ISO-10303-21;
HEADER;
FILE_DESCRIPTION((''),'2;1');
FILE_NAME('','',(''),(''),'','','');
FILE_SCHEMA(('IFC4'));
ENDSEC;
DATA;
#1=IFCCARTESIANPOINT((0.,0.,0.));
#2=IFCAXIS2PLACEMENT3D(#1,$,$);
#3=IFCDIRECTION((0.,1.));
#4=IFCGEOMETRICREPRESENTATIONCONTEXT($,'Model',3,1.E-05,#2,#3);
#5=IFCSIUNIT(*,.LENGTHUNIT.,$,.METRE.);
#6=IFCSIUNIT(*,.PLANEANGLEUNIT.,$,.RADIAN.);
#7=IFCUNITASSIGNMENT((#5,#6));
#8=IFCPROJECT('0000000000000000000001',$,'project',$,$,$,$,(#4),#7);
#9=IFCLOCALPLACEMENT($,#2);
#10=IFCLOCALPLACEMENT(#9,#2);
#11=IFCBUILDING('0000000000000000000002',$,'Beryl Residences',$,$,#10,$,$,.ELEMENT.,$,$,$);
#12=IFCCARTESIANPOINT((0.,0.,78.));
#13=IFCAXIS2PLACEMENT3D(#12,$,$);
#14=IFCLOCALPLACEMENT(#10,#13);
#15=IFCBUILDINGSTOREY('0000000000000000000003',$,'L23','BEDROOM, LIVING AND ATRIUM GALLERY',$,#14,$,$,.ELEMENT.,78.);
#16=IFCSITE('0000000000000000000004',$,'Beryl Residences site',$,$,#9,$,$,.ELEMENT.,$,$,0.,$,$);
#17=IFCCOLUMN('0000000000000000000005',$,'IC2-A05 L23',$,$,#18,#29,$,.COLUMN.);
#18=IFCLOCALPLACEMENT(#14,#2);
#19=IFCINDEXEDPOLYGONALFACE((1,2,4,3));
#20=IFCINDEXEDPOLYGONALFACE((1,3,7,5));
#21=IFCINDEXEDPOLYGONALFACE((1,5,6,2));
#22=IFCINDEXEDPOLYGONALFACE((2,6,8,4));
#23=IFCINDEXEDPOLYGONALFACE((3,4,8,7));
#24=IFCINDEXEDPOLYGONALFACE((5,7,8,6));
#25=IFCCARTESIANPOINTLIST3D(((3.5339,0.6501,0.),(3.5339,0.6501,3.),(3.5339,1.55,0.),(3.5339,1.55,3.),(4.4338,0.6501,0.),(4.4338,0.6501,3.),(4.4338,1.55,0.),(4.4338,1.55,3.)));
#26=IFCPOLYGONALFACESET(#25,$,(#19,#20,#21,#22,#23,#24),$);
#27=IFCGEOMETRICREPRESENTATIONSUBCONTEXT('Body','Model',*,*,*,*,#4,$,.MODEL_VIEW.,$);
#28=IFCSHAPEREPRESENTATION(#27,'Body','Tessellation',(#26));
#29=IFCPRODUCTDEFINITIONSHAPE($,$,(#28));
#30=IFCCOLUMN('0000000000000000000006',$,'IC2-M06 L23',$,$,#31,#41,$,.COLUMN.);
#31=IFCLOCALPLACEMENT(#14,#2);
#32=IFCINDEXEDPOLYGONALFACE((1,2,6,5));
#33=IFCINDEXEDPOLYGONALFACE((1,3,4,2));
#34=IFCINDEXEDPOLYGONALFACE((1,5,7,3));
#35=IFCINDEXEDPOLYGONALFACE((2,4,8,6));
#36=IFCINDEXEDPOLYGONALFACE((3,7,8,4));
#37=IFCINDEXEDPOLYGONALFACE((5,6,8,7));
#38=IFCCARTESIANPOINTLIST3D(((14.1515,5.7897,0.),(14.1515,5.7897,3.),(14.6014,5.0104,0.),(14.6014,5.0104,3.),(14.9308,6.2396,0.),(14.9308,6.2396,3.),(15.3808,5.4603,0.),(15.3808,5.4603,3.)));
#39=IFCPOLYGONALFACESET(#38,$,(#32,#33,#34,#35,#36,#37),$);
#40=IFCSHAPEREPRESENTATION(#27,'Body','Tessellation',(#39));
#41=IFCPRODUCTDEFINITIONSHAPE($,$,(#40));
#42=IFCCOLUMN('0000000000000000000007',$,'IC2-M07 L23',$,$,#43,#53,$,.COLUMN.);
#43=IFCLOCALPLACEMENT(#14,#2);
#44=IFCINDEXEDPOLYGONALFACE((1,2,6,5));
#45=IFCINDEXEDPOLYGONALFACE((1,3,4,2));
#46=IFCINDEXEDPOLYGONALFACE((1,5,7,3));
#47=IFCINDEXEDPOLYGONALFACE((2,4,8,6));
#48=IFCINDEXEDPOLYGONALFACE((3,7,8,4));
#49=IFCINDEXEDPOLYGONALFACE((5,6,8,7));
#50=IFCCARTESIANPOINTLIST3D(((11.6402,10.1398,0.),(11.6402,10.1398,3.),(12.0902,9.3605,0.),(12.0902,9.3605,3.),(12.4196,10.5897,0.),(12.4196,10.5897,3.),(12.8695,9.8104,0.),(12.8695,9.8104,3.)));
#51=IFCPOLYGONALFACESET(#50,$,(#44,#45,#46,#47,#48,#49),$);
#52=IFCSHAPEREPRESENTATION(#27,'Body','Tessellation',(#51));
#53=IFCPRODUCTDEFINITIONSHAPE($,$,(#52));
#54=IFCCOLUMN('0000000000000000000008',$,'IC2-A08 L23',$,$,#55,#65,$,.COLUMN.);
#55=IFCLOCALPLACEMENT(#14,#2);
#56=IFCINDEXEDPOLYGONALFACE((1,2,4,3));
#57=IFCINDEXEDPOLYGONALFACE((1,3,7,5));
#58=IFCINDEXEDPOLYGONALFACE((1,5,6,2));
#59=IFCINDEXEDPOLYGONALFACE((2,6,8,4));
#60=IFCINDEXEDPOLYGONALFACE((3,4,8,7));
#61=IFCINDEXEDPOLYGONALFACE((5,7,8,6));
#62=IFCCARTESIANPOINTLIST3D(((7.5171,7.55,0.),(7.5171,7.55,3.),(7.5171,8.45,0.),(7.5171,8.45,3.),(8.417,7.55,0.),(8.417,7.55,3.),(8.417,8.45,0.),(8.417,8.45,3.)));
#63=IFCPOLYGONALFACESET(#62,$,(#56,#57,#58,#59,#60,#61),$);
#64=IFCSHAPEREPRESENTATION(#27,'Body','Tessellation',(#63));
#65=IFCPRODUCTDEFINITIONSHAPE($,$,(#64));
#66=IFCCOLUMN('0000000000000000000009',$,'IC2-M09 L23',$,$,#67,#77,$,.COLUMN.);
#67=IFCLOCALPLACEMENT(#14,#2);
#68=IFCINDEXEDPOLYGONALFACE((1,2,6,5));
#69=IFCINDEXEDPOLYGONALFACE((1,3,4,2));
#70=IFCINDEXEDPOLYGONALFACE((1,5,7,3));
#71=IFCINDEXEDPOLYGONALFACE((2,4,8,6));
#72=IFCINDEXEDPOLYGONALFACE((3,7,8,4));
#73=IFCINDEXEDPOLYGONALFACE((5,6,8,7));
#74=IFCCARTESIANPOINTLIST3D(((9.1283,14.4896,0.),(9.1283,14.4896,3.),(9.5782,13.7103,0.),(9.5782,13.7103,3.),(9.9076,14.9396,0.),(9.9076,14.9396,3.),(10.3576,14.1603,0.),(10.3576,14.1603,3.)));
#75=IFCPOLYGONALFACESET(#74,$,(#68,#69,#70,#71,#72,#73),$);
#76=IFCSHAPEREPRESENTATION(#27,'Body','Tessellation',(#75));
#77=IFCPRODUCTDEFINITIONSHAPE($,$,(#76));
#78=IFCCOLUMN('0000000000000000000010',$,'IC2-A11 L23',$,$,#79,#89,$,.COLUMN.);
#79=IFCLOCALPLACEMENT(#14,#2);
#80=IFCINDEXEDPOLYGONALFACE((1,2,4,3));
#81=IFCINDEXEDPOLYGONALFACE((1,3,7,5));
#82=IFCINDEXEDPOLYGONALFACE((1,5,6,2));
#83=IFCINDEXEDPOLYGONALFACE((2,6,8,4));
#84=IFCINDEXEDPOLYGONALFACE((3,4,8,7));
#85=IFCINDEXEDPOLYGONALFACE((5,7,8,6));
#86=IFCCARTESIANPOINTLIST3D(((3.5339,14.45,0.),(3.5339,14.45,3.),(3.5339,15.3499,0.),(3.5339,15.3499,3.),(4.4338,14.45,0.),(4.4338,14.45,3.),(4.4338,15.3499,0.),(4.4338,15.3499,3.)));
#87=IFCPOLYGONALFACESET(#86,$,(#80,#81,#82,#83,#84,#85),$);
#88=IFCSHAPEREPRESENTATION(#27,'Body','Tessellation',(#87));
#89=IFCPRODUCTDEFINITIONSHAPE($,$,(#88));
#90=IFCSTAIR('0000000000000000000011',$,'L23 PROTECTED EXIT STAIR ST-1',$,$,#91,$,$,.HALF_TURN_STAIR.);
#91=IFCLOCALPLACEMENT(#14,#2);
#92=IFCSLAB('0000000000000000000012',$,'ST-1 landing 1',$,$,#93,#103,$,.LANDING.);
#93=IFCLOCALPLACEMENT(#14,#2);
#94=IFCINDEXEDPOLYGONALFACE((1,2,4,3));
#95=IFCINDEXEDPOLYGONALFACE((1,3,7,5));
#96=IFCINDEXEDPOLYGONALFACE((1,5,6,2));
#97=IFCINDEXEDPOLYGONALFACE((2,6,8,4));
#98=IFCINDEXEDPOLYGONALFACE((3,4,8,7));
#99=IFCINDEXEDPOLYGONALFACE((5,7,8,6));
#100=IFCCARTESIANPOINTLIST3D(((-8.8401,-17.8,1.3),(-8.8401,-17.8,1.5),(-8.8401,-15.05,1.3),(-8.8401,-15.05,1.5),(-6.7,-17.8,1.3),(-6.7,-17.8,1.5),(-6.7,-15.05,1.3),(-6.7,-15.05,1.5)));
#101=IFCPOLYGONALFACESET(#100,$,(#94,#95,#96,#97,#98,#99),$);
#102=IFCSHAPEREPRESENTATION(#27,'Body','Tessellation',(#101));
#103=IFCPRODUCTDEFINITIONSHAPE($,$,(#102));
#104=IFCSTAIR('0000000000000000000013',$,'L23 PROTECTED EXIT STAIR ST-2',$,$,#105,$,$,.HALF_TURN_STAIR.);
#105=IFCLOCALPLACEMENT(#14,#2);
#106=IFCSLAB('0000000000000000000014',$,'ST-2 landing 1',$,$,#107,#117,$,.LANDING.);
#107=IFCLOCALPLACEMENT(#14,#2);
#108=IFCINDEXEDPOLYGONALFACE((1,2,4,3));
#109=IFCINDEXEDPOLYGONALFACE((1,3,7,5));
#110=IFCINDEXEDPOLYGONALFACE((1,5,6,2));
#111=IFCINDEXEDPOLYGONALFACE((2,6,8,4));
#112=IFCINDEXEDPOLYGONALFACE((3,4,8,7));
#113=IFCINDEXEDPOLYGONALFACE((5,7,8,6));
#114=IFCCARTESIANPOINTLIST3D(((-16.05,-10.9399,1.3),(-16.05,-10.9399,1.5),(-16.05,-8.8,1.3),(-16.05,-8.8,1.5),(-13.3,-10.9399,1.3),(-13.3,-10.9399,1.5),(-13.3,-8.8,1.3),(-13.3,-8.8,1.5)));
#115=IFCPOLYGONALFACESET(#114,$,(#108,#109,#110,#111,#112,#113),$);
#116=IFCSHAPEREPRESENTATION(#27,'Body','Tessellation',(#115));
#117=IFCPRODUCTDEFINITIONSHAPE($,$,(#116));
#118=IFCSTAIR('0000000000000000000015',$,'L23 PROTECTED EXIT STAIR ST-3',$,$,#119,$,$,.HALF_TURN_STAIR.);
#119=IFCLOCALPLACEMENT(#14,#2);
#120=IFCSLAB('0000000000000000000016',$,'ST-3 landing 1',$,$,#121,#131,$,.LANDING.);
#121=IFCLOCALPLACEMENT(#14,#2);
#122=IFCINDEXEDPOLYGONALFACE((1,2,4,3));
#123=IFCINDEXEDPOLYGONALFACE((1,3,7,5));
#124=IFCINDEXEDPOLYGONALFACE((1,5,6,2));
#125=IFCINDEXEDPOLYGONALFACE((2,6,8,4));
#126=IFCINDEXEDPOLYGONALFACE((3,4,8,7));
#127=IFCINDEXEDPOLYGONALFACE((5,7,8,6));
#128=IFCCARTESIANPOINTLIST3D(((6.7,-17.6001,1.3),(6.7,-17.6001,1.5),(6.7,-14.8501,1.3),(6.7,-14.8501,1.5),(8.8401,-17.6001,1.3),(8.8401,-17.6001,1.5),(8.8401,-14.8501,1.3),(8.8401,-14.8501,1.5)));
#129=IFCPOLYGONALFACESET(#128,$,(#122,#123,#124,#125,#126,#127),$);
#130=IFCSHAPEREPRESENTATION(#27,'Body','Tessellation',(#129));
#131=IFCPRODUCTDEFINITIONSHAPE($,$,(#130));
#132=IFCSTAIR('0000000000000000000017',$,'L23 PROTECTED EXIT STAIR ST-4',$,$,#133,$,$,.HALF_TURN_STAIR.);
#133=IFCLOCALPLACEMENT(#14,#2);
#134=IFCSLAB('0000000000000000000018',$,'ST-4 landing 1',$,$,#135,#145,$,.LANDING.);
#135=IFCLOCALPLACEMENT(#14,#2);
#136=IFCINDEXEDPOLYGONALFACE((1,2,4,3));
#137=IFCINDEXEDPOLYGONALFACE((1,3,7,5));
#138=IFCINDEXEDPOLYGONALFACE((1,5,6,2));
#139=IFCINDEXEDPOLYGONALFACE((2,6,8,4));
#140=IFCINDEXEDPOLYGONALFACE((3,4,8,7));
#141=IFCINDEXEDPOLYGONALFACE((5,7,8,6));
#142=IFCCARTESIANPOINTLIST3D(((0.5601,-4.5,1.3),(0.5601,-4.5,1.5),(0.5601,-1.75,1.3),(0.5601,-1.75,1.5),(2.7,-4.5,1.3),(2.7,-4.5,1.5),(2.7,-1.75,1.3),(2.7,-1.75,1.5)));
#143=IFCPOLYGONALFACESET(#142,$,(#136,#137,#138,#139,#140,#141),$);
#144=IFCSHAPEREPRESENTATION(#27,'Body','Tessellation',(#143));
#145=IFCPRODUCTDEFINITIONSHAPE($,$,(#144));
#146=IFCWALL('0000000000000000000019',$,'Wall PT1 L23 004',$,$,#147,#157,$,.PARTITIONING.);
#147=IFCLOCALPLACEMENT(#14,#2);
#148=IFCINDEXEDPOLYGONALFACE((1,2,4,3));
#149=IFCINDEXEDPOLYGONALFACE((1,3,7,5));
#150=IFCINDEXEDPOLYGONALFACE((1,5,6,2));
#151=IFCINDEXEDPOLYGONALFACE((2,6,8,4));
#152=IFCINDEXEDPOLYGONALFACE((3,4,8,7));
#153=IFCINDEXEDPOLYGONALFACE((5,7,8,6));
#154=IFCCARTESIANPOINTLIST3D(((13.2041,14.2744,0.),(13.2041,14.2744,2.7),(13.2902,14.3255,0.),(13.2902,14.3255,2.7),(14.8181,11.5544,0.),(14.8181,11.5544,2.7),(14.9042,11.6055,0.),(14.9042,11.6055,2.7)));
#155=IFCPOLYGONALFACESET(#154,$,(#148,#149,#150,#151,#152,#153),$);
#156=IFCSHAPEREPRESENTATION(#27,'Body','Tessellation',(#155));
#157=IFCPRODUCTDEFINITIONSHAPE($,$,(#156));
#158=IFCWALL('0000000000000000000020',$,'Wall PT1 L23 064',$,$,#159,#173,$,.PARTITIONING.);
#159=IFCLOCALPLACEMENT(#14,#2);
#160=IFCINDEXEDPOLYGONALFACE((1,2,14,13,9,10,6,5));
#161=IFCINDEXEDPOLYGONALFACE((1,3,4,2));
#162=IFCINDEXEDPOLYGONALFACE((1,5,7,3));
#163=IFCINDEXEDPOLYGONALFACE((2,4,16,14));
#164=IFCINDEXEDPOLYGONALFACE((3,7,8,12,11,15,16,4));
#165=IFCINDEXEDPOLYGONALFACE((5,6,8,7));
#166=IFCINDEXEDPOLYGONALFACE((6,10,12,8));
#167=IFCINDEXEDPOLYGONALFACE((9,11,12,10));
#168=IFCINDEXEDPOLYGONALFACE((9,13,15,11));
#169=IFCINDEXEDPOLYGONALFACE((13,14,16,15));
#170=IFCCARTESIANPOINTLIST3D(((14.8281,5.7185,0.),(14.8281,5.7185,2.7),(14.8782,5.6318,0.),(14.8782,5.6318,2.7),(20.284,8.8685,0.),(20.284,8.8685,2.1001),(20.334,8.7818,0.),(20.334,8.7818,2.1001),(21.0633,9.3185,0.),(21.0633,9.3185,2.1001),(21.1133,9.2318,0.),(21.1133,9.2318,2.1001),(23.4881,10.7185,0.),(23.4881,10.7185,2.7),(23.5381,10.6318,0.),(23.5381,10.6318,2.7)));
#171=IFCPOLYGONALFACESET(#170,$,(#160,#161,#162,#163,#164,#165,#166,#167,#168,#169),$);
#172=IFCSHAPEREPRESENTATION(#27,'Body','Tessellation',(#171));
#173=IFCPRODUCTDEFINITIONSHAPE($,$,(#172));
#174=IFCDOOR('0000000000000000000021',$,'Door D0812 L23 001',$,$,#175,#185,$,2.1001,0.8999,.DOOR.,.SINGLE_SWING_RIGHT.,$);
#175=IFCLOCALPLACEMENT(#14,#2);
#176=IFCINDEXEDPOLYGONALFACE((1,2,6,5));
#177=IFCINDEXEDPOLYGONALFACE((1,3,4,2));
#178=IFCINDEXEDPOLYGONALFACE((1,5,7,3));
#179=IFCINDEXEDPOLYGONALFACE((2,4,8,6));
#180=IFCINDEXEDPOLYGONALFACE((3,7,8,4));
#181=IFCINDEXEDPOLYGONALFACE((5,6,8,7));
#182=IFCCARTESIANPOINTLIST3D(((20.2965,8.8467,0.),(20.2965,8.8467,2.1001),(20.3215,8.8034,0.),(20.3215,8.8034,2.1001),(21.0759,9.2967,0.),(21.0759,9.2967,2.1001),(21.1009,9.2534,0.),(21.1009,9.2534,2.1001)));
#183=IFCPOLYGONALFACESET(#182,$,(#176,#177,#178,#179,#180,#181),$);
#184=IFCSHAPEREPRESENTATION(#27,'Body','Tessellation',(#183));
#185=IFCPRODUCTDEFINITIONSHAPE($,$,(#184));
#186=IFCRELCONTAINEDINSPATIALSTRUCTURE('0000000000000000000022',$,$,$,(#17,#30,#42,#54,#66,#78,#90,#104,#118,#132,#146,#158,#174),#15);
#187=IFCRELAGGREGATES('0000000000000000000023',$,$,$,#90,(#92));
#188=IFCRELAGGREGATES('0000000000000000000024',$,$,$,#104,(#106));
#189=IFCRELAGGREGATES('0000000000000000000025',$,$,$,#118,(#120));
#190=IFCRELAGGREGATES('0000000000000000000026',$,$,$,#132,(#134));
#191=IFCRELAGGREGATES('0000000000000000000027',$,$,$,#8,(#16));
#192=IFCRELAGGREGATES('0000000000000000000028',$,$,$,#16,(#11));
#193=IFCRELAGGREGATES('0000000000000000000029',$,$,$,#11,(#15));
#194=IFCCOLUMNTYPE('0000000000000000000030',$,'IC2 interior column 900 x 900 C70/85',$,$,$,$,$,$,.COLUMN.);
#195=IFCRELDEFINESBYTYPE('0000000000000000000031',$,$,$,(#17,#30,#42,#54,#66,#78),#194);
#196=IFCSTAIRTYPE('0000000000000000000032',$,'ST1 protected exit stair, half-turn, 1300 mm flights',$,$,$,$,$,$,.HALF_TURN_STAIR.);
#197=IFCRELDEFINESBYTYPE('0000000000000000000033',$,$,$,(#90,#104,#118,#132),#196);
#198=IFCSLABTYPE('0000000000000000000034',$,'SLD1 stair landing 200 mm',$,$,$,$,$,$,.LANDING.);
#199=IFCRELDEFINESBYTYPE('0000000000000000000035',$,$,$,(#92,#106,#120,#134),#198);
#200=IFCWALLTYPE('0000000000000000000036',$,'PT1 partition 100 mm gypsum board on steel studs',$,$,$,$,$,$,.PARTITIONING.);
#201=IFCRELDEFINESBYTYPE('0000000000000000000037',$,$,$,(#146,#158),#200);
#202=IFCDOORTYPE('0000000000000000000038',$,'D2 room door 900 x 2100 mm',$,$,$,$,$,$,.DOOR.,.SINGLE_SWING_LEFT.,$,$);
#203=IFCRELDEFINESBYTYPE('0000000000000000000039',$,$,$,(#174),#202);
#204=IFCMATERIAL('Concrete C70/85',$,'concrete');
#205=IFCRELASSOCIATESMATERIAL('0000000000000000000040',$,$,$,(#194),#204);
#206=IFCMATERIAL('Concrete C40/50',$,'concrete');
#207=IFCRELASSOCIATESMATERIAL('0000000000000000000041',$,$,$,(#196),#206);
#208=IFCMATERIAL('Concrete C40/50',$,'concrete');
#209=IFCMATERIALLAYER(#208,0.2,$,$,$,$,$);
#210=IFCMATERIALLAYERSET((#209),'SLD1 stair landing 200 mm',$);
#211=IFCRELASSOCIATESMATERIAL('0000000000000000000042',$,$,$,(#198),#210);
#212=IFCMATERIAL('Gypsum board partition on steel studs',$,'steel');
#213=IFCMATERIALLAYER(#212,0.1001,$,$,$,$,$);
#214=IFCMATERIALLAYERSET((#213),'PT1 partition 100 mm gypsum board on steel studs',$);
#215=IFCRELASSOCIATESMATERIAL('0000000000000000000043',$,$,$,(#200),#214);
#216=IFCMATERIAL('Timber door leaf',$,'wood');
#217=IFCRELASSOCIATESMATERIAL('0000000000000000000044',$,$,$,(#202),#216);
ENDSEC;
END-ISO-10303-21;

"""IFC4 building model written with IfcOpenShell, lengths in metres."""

from ifc_helpers import new_model, si_unit, direction, frame, frame_2d, origin, origin_2d, place, context, subcontext, project, spatial, polyline, rectangle, outline, extrude, material, layer, layer_set, material_profile, profile_set, type_object, element, fill, aggregate, save


model = new_model("IFC4")

# Units and contexts
model_context = context("Model", 3, precision=1e-05, world=origin(), true_north=direction((0.0, 1.0)))
body_context = subcontext(model_context, "Body", "Model", "MODEL_VIEW")
ifc_project = project(units=[si_unit("LENGTHUNIT", "METRE"), si_unit("PLANEANGLEUNIT", "RADIAN")], contexts=[model_context])

# Site, building, storey
site_placement = place(None, origin())
site = spatial("IfcSite", under=ifc_project, at=site_placement, Name="Beryl Residences site", CompositionType="ELEMENT", RefElevation=0.0)
building_placement = place(site_placement, origin())
building = spatial("IfcBuilding", under=site, at=building_placement, Name="Beryl Residences", CompositionType="ELEMENT")
storey_placement = place(building_placement, frame((0.0, 0.0, 78.0)))
storey = spatial("IfcBuildingStorey", under=building, at=storey_placement, Name="L23", Description="BEDROOM, LIVING AND ATRIUM GALLERY", CompositionType="ELEMENT", Elevation=78.0)

# Columns
ifc_material_1 = material(Name="Concrete C70/85", Category="concrete")
ifc_material_profile = material_profile(ifc_material_1, rectangle(XDim=0.8999, YDim=0.8999, at=origin_2d()))
ifc_profile_set = profile_set([ifc_material_profile], Name="Concrete C70/85")
column_type = type_object("IfcColumnType", Name="IC2 interior column 900 x 900 C70/85", PredefinedType="COLUMN", material=ifc_profile_set)
for number, where, z_axis, x_axis, name in (
    (1, (3.9839, 1.1001, 0.0), (0.0, 0.0, 1.0), (1.0, 0.0, 0.0), "IC2-A05 L23"),
    (2, (14.7661, 5.625, 0.0), (0.0, 0.0, 1.0), (-0.5, 0.866025, 0.0), "IC2-M06 L23"),
    (3, (12.2549, 9.9751, 0.0), (0.0, 0.0, 1.0), (-0.5, 0.866025, 0.0), "IC2-M07 L23"),
    (4, (7.967, 8.0, 0.0), (0.0, 0.0, 1.0), (1.0, 0.0, 0.0), "IC2-A08 L23"),
    (5, (9.7429, 14.325, 0.0), (0.0, 0.0, 1.0), (-0.5, 0.866025, 0.0), "IC2-M09 L23"),
    (6, (3.9839, 14.8999, 0.0), (0.0, 0.0, 1.0), (1.0, 0.0, 0.0), "IC2-A11 L23"),
):
    element("IfcColumn", number, at=place(storey_placement, frame(where, z_axis=z_axis, x_axis=x_axis)), inside=storey, type_object=column_type, Name=name, PredefinedType="COLUMN", context=body_context, shape_type="SweptSolid", body=[
        extrude(rectangle(XDim=0.8999, YDim=0.8999, at=origin_2d()), origin(), (0.0, 0.0, 1.0), 3.0),
    ])

# Stairs, slabs
ifc_material_2 = material(Name="Concrete C40/50", Category="concrete")
stair_type = type_object("IfcStairType", Name="ST1 protected exit stair, half-turn, 1300 mm flights", PredefinedType="HALF_TURN_STAIR", material=ifc_material_2)
stair_1_placement = place(storey_placement, origin())
stair_1 = element("IfcStair", 7, at=stair_1_placement, inside=storey, type_object=stair_type, Name="L23 PROTECTED EXIT STAIR ST-1", PredefinedType="HALF_TURN_STAIR")
ifc_material_3 = material(Name="Concrete C40/50", Category="concrete")
ifc_layer_1 = layer(ifc_material_3, 0.2)
ifc_layer_set_1 = layer_set([ifc_layer_1], Name="SLD1 stair landing 200 mm")
slab_type_1 = type_object("IfcSlabType", Name="SLD1 stair landing 200 mm", PredefinedType="LANDING", material=ifc_layer_set_1)
slab_1_placement = place(storey_placement, frame((0.0, 0.0, 1.3)))
slab_1 = element("IfcSlab", 8, at=slab_1_placement, type_object=slab_type_1, Name="ST-1 landing 1", PredefinedType="LANDING", context=body_context, shape_type="SweptSolid", body=[
    extrude(outline(polyline([(-8.8401, -17.8), (-6.7, -17.8), (-6.7, -15.05), (-8.8401, -15.05), (-8.8401, -17.8)])), origin(), (0.0, 0.0, 1.0), 0.2),
])
aggregate(stair_1, [slab_1])
stair_2_placement = place(storey_placement, origin())
stair_2 = element("IfcStair", 9, at=stair_2_placement, inside=storey, type_object=stair_type, Name="L23 PROTECTED EXIT STAIR ST-2", PredefinedType="HALF_TURN_STAIR")
slab_2_placement = place(storey_placement, frame((0.0, 0.0, 1.3)))
slab_2 = element("IfcSlab", 10, at=slab_2_placement, type_object=slab_type_1, Name="ST-2 landing 1", PredefinedType="LANDING", context=body_context, shape_type="SweptSolid", body=[
    extrude(outline(polyline([(-13.3, -10.9399), (-13.3, -8.8), (-16.05, -8.8), (-16.05, -10.9399), (-13.3, -10.9399)])), origin(), (0.0, 0.0, 1.0), 0.2),
])
aggregate(stair_2, [slab_2])
stair_3_placement = place(storey_placement, origin())
stair_3 = element("IfcStair", 11, at=stair_3_placement, inside=storey, type_object=stair_type, Name="L23 PROTECTED EXIT STAIR ST-3", PredefinedType="HALF_TURN_STAIR")
slab_3_placement = place(storey_placement, frame((0.0, 0.0, 1.3)))
slab_3 = element("IfcSlab", 12, at=slab_3_placement, type_object=slab_type_1, Name="ST-3 landing 1", PredefinedType="LANDING", context=body_context, shape_type="SweptSolid", body=[
    extrude(outline(polyline([(8.8401, -14.8501), (6.7, -14.8501), (6.7, -17.6001), (8.8401, -17.6001), (8.8401, -14.8501)])), origin(), (0.0, 0.0, 1.0), 0.2),
])
aggregate(stair_3, [slab_3])
stair_4_placement = place(storey_placement, origin())
stair_4 = element("IfcStair", 13, at=stair_4_placement, inside=storey, type_object=stair_type, Name="L23 PROTECTED EXIT STAIR ST-4", PredefinedType="HALF_TURN_STAIR")
slab_4_placement = place(storey_placement, frame((0.0, 0.0, 1.3)))
slab_4 = element("IfcSlab", 14, at=slab_4_placement, type_object=slab_type_1, Name="ST-4 landing 1", PredefinedType="LANDING", context=body_context, shape_type="SweptSolid", body=[
    extrude(outline(polyline([(0.5601, -4.5), (2.7, -4.5), (2.7, -1.75), (0.5601, -1.75), (0.5601, -4.5)])), origin(), (0.0, 0.0, 1.0), 0.2),
])
aggregate(stair_4, [slab_4])

# Wall
ifc_material_4 = material(Name="Gypsum board partition on steel studs", Category="steel")
ifc_layer_2 = layer(ifc_material_4, 0.1001)
ifc_layer_set_2 = layer_set([ifc_layer_2], Name="PT1 partition 100 mm gypsum board on steel studs")
wall_type_1 = type_object("IfcWallType", Name="PT1 partition 100 mm gypsum board on steel studs", PredefinedType="PARTITIONING", material=ifc_layer_set_2)
wall_1_placement = place(storey_placement, frame((13.2471, 14.3, 0.0), z_axis=(0.0, 0.0, 1.0), x_axis=(0.510312, -0.859989, 0.0)))
element("IfcWall", 15, at=wall_1_placement, inside=storey, type_object=wall_type_1, Name="Wall PT1 L23 004", PredefinedType="PARTITIONING", context=body_context, shape_type="SweptSolid", body=[
    extrude(rectangle(XDim=3.1628, YDim=0.1001, at=frame_2d((1.5815, 0.0))), origin(), (0.0, 0.0, 1.0), 2.7),
])

# Wall, opening, door
wall_2_placement = place(storey_placement, frame((14.853, 5.675, 0.0), z_axis=(0.0, 0.0, 1.0), x_axis=(0.866017, 0.500015, 0.0)))
wall_2 = element("IfcWall", 16, at=wall_2_placement, inside=storey, type_object=wall_type_1, Name="Wall PT1 L23 064", PredefinedType="PARTITIONING", context=body_context, shape_type="SweptSolid", body=[
    extrude(rectangle(XDim=9.9998, YDim=0.1001, at=frame_2d((5.0, 0.0))), origin(), (0.0, 0.0, 1.0), 2.7),
])
opening_1_placement = place(wall_2_placement, frame((6.3, 0.0, 0.0)))
opening_1 = element("IfcOpeningElement", 17, at=opening_1_placement, cuts=wall_2, PredefinedType="OPENING", context=body_context, shape_type="SweptSolid", body=[
    extrude(rectangle(XDim=0.8999, YDim=2.1001, at=frame_2d((0.45, 1.05))), frame((0.0, 0.0601, 0.0), z_axis=(0.0, -1.0, 0.0), x_axis=(1.0, 0.0, 0.0)), (0.0, 0.0, 1.0), 0.1201),
])
ifc_material_5 = material(Name="Timber door leaf", Category="wood")
door_type_1 = type_object("IfcDoorType", Name="D2 room door 900 x 2100 mm", OperationType="SINGLE_SWING_LEFT", PredefinedType="DOOR", material=ifc_material_5)
door_1_placement = place(opening_1_placement, origin())
door_1 = element("IfcDoor", 18, at=door_1_placement, inside=storey, type_object=door_type_1, Name="Door D0812 L23 001", OperationType="SINGLE_SWING_RIGHT", OverallHeight=2.1001, OverallWidth=0.8999, PredefinedType="DOOR", context=body_context, shape_type="SweptSolid", body=[
    extrude(rectangle(XDim=0.8999, YDim=2.1001, at=frame_2d((0.45, 1.05))), frame((0.0, 0.0249, 0.0), z_axis=(0.0, -1.0, 0.0), x_axis=(1.0, 0.0, 0.0)), (0.0, 0.0, 1.0), 0.05),
])
fill(opening_1, door_1)

save(model, "model.ifc")
